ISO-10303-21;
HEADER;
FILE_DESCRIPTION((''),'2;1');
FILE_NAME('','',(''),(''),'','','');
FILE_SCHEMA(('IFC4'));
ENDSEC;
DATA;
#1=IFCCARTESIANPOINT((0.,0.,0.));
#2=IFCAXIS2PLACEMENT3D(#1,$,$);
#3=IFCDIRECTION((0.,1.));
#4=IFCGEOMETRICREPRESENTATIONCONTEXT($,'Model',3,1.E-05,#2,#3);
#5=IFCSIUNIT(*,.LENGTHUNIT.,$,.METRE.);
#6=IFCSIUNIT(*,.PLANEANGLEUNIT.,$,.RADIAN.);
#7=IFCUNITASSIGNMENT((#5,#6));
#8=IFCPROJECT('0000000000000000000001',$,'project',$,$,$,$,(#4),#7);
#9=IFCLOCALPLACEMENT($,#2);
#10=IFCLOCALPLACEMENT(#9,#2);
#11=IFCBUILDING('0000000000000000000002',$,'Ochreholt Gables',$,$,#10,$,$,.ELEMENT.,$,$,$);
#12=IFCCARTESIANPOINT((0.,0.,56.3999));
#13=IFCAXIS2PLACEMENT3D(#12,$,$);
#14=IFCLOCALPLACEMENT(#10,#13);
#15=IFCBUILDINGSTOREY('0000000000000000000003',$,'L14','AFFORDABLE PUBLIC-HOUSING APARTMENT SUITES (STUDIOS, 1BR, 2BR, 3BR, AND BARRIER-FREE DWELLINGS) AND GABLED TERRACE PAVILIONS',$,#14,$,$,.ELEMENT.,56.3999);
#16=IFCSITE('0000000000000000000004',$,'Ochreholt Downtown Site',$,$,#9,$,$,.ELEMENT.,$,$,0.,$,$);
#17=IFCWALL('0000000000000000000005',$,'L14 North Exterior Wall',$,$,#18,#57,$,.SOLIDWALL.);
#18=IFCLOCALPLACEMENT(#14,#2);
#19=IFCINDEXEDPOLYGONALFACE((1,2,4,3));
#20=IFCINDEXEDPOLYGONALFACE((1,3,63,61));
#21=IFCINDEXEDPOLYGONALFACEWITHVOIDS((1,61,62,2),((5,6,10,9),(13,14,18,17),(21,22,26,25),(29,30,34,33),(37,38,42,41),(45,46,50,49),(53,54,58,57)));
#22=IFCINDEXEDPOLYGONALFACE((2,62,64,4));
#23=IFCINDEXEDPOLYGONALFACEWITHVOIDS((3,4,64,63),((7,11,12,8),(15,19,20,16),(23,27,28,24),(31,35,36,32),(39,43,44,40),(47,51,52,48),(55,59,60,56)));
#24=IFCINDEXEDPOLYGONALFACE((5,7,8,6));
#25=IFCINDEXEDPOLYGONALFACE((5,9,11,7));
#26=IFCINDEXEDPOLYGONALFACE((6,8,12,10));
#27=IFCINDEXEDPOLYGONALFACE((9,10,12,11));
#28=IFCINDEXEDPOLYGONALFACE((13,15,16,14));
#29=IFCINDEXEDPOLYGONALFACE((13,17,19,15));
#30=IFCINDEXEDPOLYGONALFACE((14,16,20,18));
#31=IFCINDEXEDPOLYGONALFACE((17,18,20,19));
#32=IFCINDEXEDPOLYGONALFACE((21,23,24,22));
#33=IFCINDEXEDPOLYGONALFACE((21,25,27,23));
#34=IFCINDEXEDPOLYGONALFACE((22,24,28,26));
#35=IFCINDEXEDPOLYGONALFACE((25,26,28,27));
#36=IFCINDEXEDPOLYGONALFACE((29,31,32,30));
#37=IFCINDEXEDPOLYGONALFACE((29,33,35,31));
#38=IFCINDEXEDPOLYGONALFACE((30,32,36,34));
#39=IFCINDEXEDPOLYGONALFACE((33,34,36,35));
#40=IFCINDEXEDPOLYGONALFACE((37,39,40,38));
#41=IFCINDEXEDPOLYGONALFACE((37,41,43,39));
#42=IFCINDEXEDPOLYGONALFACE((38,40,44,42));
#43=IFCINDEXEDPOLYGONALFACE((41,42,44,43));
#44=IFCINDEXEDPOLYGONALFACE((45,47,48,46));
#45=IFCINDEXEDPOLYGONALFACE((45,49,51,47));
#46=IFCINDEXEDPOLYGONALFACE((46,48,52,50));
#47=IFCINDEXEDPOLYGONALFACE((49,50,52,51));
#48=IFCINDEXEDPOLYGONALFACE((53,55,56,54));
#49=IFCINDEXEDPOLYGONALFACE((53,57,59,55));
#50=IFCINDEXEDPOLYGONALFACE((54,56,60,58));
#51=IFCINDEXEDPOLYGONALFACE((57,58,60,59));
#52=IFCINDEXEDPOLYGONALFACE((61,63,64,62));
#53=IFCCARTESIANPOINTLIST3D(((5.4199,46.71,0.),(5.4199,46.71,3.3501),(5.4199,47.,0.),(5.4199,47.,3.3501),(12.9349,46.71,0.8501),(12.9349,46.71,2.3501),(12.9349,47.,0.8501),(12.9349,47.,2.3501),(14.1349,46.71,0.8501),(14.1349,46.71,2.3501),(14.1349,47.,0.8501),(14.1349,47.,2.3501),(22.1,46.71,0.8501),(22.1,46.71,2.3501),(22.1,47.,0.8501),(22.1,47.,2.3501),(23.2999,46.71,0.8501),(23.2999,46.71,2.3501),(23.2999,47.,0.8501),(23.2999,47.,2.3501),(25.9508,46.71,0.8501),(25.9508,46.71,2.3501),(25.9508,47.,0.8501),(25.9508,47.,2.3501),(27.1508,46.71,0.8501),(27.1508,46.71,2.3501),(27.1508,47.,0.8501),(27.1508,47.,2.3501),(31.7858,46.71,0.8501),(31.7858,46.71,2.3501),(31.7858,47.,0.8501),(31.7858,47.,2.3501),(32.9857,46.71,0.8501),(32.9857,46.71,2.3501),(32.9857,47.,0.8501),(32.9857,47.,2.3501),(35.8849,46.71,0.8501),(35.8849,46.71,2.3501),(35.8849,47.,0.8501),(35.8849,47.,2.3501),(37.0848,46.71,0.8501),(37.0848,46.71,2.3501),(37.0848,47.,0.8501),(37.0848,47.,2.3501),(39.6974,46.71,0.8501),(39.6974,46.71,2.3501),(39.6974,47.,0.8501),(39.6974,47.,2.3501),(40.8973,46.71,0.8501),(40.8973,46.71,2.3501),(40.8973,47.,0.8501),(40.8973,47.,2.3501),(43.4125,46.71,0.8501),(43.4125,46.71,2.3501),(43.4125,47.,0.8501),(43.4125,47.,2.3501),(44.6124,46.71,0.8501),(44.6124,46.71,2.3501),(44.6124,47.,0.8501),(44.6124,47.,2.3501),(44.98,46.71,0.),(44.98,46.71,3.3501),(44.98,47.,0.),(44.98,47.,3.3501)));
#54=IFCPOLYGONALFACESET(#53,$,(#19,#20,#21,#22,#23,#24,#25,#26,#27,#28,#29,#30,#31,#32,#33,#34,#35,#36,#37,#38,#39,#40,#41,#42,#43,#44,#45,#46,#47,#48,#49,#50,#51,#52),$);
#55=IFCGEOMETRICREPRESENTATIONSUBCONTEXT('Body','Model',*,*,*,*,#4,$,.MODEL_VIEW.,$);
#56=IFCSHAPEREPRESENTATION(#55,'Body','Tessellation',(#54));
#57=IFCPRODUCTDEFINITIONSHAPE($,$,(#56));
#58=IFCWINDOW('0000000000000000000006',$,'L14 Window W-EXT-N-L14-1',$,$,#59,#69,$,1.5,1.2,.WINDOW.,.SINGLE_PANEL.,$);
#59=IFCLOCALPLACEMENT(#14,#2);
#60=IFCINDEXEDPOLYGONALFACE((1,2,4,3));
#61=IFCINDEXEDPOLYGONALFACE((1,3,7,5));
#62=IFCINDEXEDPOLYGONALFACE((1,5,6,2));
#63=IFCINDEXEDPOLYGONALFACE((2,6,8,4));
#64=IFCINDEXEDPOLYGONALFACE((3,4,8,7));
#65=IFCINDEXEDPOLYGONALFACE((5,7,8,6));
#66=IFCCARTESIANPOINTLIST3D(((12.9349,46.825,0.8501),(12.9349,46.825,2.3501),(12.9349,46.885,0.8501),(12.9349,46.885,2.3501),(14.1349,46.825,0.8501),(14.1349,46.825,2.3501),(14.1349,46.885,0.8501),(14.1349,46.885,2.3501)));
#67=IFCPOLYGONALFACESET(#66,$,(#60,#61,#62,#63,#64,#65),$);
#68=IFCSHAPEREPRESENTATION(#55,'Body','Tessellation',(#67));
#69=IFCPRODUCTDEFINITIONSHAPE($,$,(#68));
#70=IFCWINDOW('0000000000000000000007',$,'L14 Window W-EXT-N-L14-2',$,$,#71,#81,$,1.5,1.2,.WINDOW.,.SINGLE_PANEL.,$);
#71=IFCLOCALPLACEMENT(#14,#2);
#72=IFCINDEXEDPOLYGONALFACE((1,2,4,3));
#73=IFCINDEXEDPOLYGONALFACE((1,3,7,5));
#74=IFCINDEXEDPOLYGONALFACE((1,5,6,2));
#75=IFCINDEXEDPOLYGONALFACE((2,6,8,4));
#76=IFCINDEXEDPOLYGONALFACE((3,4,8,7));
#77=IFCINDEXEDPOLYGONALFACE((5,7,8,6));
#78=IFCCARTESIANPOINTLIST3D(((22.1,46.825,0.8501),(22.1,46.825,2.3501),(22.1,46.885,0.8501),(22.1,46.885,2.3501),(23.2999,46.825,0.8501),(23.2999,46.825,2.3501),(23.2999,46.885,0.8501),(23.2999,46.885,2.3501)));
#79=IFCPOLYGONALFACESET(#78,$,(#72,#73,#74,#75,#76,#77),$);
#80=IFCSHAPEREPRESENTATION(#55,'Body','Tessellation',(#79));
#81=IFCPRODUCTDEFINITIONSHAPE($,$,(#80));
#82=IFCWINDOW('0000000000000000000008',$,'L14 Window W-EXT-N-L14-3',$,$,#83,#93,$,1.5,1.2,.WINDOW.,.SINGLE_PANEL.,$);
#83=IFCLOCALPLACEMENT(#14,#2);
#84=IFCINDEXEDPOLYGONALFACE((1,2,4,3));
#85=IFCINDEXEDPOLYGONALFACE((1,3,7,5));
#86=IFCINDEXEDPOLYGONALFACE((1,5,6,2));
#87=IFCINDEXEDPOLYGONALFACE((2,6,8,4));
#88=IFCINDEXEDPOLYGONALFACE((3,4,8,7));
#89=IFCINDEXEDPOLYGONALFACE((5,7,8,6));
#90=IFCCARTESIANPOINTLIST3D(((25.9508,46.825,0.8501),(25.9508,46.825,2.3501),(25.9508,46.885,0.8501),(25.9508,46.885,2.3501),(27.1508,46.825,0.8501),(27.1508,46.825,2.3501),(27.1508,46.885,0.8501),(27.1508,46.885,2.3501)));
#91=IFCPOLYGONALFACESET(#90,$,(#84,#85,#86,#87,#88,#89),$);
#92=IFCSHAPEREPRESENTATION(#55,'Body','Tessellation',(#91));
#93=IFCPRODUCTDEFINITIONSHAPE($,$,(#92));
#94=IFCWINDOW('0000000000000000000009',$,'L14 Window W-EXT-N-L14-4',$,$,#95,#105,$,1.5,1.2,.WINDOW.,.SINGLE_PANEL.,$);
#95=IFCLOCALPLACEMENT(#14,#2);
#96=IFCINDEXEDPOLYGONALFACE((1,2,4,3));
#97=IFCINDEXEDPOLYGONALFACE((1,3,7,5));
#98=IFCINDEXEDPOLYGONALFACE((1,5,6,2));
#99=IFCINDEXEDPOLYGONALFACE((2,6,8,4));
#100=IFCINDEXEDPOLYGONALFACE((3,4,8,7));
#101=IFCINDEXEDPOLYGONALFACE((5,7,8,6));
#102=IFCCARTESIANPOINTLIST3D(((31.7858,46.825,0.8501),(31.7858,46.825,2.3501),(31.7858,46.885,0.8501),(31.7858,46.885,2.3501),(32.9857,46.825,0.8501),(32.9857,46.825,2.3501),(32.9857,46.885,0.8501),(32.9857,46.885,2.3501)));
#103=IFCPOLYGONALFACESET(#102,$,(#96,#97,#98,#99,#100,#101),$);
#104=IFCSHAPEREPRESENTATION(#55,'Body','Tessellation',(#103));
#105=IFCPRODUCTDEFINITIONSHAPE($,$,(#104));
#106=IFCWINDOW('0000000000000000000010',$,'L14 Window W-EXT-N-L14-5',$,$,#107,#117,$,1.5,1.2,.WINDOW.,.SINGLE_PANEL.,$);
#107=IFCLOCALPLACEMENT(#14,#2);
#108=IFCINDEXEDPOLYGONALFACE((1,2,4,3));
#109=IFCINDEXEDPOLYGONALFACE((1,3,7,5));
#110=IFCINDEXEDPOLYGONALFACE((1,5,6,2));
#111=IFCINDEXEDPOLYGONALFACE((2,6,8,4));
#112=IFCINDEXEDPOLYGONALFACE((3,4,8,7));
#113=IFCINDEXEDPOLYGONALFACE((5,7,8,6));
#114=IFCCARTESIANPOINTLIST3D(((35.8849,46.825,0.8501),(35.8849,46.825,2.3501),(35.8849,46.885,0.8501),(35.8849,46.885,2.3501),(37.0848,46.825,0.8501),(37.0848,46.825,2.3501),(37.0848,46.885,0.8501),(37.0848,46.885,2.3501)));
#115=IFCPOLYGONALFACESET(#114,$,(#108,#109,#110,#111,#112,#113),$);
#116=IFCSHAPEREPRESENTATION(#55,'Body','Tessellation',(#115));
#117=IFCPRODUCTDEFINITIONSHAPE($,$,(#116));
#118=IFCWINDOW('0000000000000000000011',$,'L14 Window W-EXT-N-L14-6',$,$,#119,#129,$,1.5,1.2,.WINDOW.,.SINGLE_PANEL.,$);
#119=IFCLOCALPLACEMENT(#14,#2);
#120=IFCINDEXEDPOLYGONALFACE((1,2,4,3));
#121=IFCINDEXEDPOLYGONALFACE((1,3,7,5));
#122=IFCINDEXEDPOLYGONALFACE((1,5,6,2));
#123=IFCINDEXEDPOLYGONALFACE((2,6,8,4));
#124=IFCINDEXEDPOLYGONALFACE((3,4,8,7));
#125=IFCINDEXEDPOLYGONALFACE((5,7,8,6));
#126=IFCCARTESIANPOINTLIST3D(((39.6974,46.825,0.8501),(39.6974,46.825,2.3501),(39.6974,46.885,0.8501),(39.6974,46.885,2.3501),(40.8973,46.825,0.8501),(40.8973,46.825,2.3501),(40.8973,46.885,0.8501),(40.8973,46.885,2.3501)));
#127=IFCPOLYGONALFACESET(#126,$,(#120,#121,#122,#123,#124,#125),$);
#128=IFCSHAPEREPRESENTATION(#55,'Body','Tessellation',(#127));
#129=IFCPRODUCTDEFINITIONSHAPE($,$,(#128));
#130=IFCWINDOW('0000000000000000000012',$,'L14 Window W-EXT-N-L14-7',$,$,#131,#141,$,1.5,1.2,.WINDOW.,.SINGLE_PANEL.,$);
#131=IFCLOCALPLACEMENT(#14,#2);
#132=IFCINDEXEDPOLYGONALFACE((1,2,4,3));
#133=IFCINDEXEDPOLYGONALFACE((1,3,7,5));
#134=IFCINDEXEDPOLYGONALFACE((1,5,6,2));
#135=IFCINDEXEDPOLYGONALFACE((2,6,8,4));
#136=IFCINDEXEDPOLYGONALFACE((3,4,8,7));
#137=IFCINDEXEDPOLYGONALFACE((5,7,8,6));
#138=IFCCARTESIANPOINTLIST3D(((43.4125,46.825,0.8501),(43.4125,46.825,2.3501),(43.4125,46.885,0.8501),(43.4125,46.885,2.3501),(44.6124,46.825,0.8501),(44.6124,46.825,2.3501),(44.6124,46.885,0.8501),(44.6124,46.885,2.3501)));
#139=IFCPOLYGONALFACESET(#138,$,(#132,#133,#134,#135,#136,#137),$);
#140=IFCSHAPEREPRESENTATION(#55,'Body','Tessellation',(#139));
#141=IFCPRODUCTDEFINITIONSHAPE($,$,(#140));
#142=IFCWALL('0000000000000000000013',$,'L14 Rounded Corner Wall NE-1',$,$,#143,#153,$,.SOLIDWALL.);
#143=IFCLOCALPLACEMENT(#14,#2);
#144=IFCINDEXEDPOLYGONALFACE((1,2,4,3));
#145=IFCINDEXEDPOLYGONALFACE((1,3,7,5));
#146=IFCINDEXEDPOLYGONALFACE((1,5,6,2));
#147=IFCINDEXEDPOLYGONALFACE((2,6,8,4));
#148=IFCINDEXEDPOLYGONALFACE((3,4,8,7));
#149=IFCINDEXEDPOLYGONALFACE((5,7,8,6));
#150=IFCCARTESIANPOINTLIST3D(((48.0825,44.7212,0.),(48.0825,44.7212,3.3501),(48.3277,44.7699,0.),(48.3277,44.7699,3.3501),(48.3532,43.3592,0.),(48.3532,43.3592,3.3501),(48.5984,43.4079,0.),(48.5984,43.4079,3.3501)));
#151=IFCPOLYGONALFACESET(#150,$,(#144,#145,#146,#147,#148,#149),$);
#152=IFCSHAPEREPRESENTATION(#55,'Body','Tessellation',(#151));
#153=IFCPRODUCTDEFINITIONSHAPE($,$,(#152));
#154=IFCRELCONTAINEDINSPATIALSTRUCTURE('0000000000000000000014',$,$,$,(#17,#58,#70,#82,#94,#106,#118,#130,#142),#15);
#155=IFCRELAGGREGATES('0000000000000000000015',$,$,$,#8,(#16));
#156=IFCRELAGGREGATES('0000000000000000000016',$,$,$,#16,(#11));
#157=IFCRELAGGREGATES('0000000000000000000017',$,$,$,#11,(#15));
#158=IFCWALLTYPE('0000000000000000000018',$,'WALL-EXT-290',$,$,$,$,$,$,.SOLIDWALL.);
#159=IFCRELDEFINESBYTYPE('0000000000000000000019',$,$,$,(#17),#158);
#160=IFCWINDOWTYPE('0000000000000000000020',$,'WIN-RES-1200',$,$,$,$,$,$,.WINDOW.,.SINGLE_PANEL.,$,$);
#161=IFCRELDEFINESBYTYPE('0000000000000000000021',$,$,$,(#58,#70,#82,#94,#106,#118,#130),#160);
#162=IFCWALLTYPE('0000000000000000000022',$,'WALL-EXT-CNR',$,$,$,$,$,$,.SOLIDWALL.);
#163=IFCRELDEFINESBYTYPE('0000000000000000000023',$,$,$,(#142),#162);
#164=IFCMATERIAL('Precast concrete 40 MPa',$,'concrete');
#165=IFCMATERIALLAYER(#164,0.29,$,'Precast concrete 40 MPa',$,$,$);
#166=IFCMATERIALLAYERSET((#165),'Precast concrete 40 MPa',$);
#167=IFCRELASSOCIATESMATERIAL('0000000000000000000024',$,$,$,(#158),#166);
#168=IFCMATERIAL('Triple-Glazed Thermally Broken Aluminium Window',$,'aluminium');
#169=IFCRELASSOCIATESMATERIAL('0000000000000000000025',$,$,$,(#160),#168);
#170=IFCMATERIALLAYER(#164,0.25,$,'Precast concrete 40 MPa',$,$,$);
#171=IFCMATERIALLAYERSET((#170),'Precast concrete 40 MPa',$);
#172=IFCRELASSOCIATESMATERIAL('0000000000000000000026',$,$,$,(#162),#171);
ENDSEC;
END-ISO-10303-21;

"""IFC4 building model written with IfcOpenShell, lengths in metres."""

from ifc_helpers import new_model, si_unit, direction, frame, frame_2d, origin, place, context, subcontext, project, spatial, rectangle, extrude, material, layer, layer_set, type_object, element, fill, save


model = new_model("IFC4")

# Units and contexts
model_context = context("Model", 3, precision=1e-05, world=origin(), true_north=direction((0.0, 1.0)))
body_context = subcontext(model_context, "Body", "Model", "MODEL_VIEW")
ifc_project = project(units=[si_unit("LENGTHUNIT", "METRE"), si_unit("PLANEANGLEUNIT", "RADIAN")], contexts=[model_context])

# Site, building, storey
site_placement = place(None, origin())
site = spatial("IfcSite", under=ifc_project, at=site_placement, Name="Ochreholt Downtown Site", CompositionType="ELEMENT", RefElevation=0.0)
building_placement = place(site_placement, origin())
building = spatial("IfcBuilding", under=site, at=building_placement, Name="Ochreholt Gables", CompositionType="ELEMENT")
storey_placement = place(building_placement, frame((0.0, 0.0, 56.3999)))
storey = spatial("IfcBuildingStorey", under=building, at=storey_placement, Name="L14", Description="AFFORDABLE PUBLIC-HOUSING APARTMENT SUITES (STUDIOS, 1BR, 2BR, 3BR, AND BARRIER-FREE DWELLINGS) AND GABLED TERRACE PAVILIONS", CompositionType="ELEMENT", Elevation=56.3999)

# Wall, openings, windows
ifc_material_1 = material(Name="Precast concrete 40 MPa", Category="concrete")
ifc_layer_1 = layer(ifc_material_1, 0.29, Name="Precast concrete 40 MPa")
ifc_layer_set_1 = layer_set([ifc_layer_1], Name="Precast concrete 40 MPa")
wall_type_1 = type_object("IfcWallType", Name="WALL-EXT-290", PredefinedType="SOLIDWALL", material=ifc_layer_set_1)
wall_1_placement = place(storey_placement, frame((44.98, 46.855, 0.0), z_axis=(0.0, 0.0, 1.0), x_axis=(-1.0, 0.0, 0.0)))
wall_1 = element("IfcWall", 1, at=wall_1_placement, inside=storey, type_object=wall_type_1, Name="L14 North Exterior Wall", PredefinedType="SOLIDWALL", context=body_context, shape_type="SweptSolid", body=[
    extrude(rectangle(XDim=39.5601, YDim=0.29, at=frame_2d((19.78, 0.0))), origin(), (0.0, 0.0, 1.0), 3.3501),
])
opening_1_placement = place(wall_1_placement, frame((30.845, 0.0, 0.8501)))
opening_1 = element("IfcOpeningElement", 2, at=opening_1_placement, cuts=wall_1, PredefinedType="OPENING", context=body_context, shape_type="SweptSolid", body=[
    extrude(rectangle(XDim=1.2, YDim=1.5, at=frame_2d((0.6001, 0.75))), frame((0.0, 0.155, 0.0), z_axis=(0.0, -1.0, 0.0), x_axis=(1.0, 0.0, 0.0)), (0.0, 0.0, 1.0), 0.3101),
])
opening_2_placement = place(wall_1_placement, frame((21.6799, 0.0, 0.8501)))
opening_2 = element("IfcOpeningElement", 3, at=opening_2_placement, cuts=wall_1, PredefinedType="OPENING", context=body_context, shape_type="SweptSolid", body=[
    extrude(rectangle(XDim=1.2, YDim=1.5, at=frame_2d((0.6001, 0.75))), frame((0.0, 0.155, 0.0), z_axis=(0.0, -1.0, 0.0), x_axis=(1.0, 0.0, 0.0)), (0.0, 0.0, 1.0), 0.3101),
])
opening_3_placement = place(wall_1_placement, frame((17.8291, 0.0, 0.8501)))
opening_3 = element("IfcOpeningElement", 4, at=opening_3_placement, cuts=wall_1, PredefinedType="OPENING", context=body_context, shape_type="SweptSolid", body=[
    extrude(rectangle(XDim=1.2, YDim=1.5, at=frame_2d((0.6001, 0.75))), frame((0.0, 0.155, 0.0), z_axis=(0.0, -1.0, 0.0), x_axis=(1.0, 0.0, 0.0)), (0.0, 0.0, 1.0), 0.3101),
])
opening_4_placement = place(wall_1_placement, frame((11.9941, 0.0, 0.8501)))
opening_4 = element("IfcOpeningElement", 5, at=opening_4_placement, cuts=wall_1, PredefinedType="OPENING", context=body_context, shape_type="SweptSolid", body=[
    extrude(rectangle(XDim=1.2, YDim=1.5, at=frame_2d((0.6001, 0.75))), frame((0.0, 0.155, 0.0), z_axis=(0.0, -1.0, 0.0), x_axis=(1.0, 0.0, 0.0)), (0.0, 0.0, 1.0), 0.3101),
])
opening_5_placement = place(wall_1_placement, frame((7.895, 0.0, 0.8501)))
opening_5 = element("IfcOpeningElement", 6, at=opening_5_placement, cuts=wall_1, PredefinedType="OPENING", context=body_context, shape_type="SweptSolid", body=[
    extrude(rectangle(XDim=1.2, YDim=1.5, at=frame_2d((0.6001, 0.75))), frame((0.0, 0.155, 0.0), z_axis=(0.0, -1.0, 0.0), x_axis=(1.0, 0.0, 0.0)), (0.0, 0.0, 1.0), 0.3101),
])
opening_6_placement = place(wall_1_placement, frame((4.0825, 0.0, 0.8501)))
opening_6 = element("IfcOpeningElement", 7, at=opening_6_placement, cuts=wall_1, PredefinedType="OPENING", context=body_context, shape_type="SweptSolid", body=[
    extrude(rectangle(XDim=1.2, YDim=1.5, at=frame_2d((0.6001, 0.75))), frame((0.0, 0.155, 0.0), z_axis=(0.0, -1.0, 0.0), x_axis=(1.0, 0.0, 0.0)), (0.0, 0.0, 1.0), 0.3101),
])
opening_7_placement = place(wall_1_placement, frame((0.3674, 0.0, 0.8501)))
opening_7 = element("IfcOpeningElement", 8, at=opening_7_placement, cuts=wall_1, PredefinedType="OPENING", context=body_context, shape_type="SweptSolid", body=[
    extrude(rectangle(XDim=1.2, YDim=1.5, at=frame_2d((0.6001, 0.75))), frame((0.0, 0.155, 0.0), z_axis=(0.0, -1.0, 0.0), x_axis=(1.0, 0.0, 0.0)), (0.0, 0.0, 1.0), 0.3101),
])
ifc_material_2 = material(Name="Triple-Glazed Thermally Broken Aluminium Window", Category="aluminium")
window_type = type_object("IfcWindowType", Name="WIN-RES-1200", PartitioningType="SINGLE_PANEL", PredefinedType="WINDOW", material=ifc_material_2)
window_1_placement = place(opening_1_placement, origin())
window_1 = element("IfcWindow", 9, at=window_1_placement, inside=storey, type_object=window_type, Name="L14 Window W-EXT-N-L14-1", OverallHeight=1.5, OverallWidth=1.2, PartitioningType="SINGLE_PANEL", PredefinedType="WINDOW", context=body_context, shape_type="SweptSolid", body=[
    extrude(rectangle(XDim=1.2, YDim=1.5, at=frame_2d((0.6001, 0.75))), frame((0.0, 0.03, 0.0), z_axis=(0.0, -1.0, 0.0), x_axis=(1.0, 0.0, 0.0)), (0.0, 0.0, 1.0), 0.0601),
])
fill(opening_1, window_1)
window_2_placement = place(opening_2_placement, origin())
window_2 = element("IfcWindow", 10, at=window_2_placement, inside=storey, type_object=window_type, Name="L14 Window W-EXT-N-L14-2", OverallHeight=1.5, OverallWidth=1.2, PartitioningType="SINGLE_PANEL", PredefinedType="WINDOW", context=body_context, shape_type="SweptSolid", body=[
    extrude(rectangle(XDim=1.2, YDim=1.5, at=frame_2d((0.6001, 0.75))), frame((0.0, 0.03, 0.0), z_axis=(0.0, -1.0, 0.0), x_axis=(1.0, 0.0, 0.0)), (0.0, 0.0, 1.0), 0.0601),
])
fill(opening_2, window_2)
window_3_placement = place(opening_3_placement, origin())
window_3 = element("IfcWindow", 11, at=window_3_placement, inside=storey, type_object=window_type, Name="L14 Window W-EXT-N-L14-3", OverallHeight=1.5, OverallWidth=1.2, PartitioningType="SINGLE_PANEL", PredefinedType="WINDOW", context=body_context, shape_type="SweptSolid", body=[
    extrude(rectangle(XDim=1.2, YDim=1.5, at=frame_2d((0.6001, 0.75))), frame((0.0, 0.03, 0.0), z_axis=(0.0, -1.0, 0.0), x_axis=(1.0, 0.0, 0.0)), (0.0, 0.0, 1.0), 0.0601),
])
fill(opening_3, window_3)
window_4_placement = place(opening_4_placement, origin())
window_4 = element("IfcWindow", 12, at=window_4_placement, inside=storey, type_object=window_type, Name="L14 Window W-EXT-N-L14-4", OverallHeight=1.5, OverallWidth=1.2, PartitioningType="SINGLE_PANEL", PredefinedType="WINDOW", context=body_context, shape_type="SweptSolid", body=[
    extrude(rectangle(XDim=1.2, YDim=1.5, at=frame_2d((0.6001, 0.75))), frame((0.0, 0.03, 0.0), z_axis=(0.0, -1.0, 0.0), x_axis=(1.0, 0.0, 0.0)), (0.0, 0.0, 1.0), 0.0601),
])
fill(opening_4, window_4)
window_5_placement = place(opening_5_placement, origin())
window_5 = element("IfcWindow", 13, at=window_5_placement, inside=storey, type_object=window_type, Name="L14 Window W-EXT-N-L14-5", OverallHeight=1.5, OverallWidth=1.2, PartitioningType="SINGLE_PANEL", PredefinedType="WINDOW", context=body_context, shape_type="SweptSolid", body=[
    extrude(rectangle(XDim=1.2, YDim=1.5, at=frame_2d((0.6001, 0.75))), frame((0.0, 0.03, 0.0), z_axis=(0.0, -1.0, 0.0), x_axis=(1.0, 0.0, 0.0)), (0.0, 0.0, 1.0), 0.0601),
])
fill(opening_5, window_5)
window_6_placement = place(opening_6_placement, origin())
window_6 = element("IfcWindow", 14, at=window_6_placement, inside=storey, type_object=window_type, Name="L14 Window W-EXT-N-L14-6", OverallHeight=1.5, OverallWidth=1.2, PartitioningType="SINGLE_PANEL", PredefinedType="WINDOW", context=body_context, shape_type="SweptSolid", body=[
    extrude(rectangle(XDim=1.2, YDim=1.5, at=frame_2d((0.6001, 0.75))), frame((0.0, 0.03, 0.0), z_axis=(0.0, -1.0, 0.0), x_axis=(1.0, 0.0, 0.0)), (0.0, 0.0, 1.0), 0.0601),
])
fill(opening_6, window_6)
window_7_placement = place(opening_7_placement, origin())
window_7 = element("IfcWindow", 15, at=window_7_placement, inside=storey, type_object=window_type, Name="L14 Window W-EXT-N-L14-7", OverallHeight=1.5, OverallWidth=1.2, PartitioningType="SINGLE_PANEL", PredefinedType="WINDOW", context=body_context, shape_type="SweptSolid", body=[
    extrude(rectangle(XDim=1.2, YDim=1.5, at=frame_2d((0.6001, 0.75))), frame((0.0, 0.03, 0.0), z_axis=(0.0, -1.0, 0.0), x_axis=(1.0, 0.0, 0.0)), (0.0, 0.0, 1.0), 0.0601),
])
fill(opening_7, window_7)

# Wall
ifc_layer_2 = layer(ifc_material_1, 0.25, Name="Precast concrete 40 MPa")
ifc_layer_set_2 = layer_set([ifc_layer_2], Name="Precast concrete 40 MPa")
wall_type_2 = type_object("IfcWallType", Name="WALL-EXT-CNR", PredefinedType="SOLIDWALL", material=ifc_layer_set_2)
wall_2_placement = place(storey_placement, frame((48.4758, 43.3835, 0.0), z_axis=(0.0, 0.0, 1.0), x_axis=(-0.194967, 0.98081, 0.0)))
element("IfcWall", 16, at=wall_2_placement, inside=storey, type_object=wall_type_2, Name="L14 Rounded Corner Wall NE-1", PredefinedType="SOLIDWALL", context=body_context, shape_type="SweptSolid", body=[
    extrude(rectangle(XDim=1.3887, YDim=0.25, at=frame_2d((0.6943, 0.0))), origin(), (0.0, 0.0, 1.0), 3.3501),
])

save(model, "model.ifc")
